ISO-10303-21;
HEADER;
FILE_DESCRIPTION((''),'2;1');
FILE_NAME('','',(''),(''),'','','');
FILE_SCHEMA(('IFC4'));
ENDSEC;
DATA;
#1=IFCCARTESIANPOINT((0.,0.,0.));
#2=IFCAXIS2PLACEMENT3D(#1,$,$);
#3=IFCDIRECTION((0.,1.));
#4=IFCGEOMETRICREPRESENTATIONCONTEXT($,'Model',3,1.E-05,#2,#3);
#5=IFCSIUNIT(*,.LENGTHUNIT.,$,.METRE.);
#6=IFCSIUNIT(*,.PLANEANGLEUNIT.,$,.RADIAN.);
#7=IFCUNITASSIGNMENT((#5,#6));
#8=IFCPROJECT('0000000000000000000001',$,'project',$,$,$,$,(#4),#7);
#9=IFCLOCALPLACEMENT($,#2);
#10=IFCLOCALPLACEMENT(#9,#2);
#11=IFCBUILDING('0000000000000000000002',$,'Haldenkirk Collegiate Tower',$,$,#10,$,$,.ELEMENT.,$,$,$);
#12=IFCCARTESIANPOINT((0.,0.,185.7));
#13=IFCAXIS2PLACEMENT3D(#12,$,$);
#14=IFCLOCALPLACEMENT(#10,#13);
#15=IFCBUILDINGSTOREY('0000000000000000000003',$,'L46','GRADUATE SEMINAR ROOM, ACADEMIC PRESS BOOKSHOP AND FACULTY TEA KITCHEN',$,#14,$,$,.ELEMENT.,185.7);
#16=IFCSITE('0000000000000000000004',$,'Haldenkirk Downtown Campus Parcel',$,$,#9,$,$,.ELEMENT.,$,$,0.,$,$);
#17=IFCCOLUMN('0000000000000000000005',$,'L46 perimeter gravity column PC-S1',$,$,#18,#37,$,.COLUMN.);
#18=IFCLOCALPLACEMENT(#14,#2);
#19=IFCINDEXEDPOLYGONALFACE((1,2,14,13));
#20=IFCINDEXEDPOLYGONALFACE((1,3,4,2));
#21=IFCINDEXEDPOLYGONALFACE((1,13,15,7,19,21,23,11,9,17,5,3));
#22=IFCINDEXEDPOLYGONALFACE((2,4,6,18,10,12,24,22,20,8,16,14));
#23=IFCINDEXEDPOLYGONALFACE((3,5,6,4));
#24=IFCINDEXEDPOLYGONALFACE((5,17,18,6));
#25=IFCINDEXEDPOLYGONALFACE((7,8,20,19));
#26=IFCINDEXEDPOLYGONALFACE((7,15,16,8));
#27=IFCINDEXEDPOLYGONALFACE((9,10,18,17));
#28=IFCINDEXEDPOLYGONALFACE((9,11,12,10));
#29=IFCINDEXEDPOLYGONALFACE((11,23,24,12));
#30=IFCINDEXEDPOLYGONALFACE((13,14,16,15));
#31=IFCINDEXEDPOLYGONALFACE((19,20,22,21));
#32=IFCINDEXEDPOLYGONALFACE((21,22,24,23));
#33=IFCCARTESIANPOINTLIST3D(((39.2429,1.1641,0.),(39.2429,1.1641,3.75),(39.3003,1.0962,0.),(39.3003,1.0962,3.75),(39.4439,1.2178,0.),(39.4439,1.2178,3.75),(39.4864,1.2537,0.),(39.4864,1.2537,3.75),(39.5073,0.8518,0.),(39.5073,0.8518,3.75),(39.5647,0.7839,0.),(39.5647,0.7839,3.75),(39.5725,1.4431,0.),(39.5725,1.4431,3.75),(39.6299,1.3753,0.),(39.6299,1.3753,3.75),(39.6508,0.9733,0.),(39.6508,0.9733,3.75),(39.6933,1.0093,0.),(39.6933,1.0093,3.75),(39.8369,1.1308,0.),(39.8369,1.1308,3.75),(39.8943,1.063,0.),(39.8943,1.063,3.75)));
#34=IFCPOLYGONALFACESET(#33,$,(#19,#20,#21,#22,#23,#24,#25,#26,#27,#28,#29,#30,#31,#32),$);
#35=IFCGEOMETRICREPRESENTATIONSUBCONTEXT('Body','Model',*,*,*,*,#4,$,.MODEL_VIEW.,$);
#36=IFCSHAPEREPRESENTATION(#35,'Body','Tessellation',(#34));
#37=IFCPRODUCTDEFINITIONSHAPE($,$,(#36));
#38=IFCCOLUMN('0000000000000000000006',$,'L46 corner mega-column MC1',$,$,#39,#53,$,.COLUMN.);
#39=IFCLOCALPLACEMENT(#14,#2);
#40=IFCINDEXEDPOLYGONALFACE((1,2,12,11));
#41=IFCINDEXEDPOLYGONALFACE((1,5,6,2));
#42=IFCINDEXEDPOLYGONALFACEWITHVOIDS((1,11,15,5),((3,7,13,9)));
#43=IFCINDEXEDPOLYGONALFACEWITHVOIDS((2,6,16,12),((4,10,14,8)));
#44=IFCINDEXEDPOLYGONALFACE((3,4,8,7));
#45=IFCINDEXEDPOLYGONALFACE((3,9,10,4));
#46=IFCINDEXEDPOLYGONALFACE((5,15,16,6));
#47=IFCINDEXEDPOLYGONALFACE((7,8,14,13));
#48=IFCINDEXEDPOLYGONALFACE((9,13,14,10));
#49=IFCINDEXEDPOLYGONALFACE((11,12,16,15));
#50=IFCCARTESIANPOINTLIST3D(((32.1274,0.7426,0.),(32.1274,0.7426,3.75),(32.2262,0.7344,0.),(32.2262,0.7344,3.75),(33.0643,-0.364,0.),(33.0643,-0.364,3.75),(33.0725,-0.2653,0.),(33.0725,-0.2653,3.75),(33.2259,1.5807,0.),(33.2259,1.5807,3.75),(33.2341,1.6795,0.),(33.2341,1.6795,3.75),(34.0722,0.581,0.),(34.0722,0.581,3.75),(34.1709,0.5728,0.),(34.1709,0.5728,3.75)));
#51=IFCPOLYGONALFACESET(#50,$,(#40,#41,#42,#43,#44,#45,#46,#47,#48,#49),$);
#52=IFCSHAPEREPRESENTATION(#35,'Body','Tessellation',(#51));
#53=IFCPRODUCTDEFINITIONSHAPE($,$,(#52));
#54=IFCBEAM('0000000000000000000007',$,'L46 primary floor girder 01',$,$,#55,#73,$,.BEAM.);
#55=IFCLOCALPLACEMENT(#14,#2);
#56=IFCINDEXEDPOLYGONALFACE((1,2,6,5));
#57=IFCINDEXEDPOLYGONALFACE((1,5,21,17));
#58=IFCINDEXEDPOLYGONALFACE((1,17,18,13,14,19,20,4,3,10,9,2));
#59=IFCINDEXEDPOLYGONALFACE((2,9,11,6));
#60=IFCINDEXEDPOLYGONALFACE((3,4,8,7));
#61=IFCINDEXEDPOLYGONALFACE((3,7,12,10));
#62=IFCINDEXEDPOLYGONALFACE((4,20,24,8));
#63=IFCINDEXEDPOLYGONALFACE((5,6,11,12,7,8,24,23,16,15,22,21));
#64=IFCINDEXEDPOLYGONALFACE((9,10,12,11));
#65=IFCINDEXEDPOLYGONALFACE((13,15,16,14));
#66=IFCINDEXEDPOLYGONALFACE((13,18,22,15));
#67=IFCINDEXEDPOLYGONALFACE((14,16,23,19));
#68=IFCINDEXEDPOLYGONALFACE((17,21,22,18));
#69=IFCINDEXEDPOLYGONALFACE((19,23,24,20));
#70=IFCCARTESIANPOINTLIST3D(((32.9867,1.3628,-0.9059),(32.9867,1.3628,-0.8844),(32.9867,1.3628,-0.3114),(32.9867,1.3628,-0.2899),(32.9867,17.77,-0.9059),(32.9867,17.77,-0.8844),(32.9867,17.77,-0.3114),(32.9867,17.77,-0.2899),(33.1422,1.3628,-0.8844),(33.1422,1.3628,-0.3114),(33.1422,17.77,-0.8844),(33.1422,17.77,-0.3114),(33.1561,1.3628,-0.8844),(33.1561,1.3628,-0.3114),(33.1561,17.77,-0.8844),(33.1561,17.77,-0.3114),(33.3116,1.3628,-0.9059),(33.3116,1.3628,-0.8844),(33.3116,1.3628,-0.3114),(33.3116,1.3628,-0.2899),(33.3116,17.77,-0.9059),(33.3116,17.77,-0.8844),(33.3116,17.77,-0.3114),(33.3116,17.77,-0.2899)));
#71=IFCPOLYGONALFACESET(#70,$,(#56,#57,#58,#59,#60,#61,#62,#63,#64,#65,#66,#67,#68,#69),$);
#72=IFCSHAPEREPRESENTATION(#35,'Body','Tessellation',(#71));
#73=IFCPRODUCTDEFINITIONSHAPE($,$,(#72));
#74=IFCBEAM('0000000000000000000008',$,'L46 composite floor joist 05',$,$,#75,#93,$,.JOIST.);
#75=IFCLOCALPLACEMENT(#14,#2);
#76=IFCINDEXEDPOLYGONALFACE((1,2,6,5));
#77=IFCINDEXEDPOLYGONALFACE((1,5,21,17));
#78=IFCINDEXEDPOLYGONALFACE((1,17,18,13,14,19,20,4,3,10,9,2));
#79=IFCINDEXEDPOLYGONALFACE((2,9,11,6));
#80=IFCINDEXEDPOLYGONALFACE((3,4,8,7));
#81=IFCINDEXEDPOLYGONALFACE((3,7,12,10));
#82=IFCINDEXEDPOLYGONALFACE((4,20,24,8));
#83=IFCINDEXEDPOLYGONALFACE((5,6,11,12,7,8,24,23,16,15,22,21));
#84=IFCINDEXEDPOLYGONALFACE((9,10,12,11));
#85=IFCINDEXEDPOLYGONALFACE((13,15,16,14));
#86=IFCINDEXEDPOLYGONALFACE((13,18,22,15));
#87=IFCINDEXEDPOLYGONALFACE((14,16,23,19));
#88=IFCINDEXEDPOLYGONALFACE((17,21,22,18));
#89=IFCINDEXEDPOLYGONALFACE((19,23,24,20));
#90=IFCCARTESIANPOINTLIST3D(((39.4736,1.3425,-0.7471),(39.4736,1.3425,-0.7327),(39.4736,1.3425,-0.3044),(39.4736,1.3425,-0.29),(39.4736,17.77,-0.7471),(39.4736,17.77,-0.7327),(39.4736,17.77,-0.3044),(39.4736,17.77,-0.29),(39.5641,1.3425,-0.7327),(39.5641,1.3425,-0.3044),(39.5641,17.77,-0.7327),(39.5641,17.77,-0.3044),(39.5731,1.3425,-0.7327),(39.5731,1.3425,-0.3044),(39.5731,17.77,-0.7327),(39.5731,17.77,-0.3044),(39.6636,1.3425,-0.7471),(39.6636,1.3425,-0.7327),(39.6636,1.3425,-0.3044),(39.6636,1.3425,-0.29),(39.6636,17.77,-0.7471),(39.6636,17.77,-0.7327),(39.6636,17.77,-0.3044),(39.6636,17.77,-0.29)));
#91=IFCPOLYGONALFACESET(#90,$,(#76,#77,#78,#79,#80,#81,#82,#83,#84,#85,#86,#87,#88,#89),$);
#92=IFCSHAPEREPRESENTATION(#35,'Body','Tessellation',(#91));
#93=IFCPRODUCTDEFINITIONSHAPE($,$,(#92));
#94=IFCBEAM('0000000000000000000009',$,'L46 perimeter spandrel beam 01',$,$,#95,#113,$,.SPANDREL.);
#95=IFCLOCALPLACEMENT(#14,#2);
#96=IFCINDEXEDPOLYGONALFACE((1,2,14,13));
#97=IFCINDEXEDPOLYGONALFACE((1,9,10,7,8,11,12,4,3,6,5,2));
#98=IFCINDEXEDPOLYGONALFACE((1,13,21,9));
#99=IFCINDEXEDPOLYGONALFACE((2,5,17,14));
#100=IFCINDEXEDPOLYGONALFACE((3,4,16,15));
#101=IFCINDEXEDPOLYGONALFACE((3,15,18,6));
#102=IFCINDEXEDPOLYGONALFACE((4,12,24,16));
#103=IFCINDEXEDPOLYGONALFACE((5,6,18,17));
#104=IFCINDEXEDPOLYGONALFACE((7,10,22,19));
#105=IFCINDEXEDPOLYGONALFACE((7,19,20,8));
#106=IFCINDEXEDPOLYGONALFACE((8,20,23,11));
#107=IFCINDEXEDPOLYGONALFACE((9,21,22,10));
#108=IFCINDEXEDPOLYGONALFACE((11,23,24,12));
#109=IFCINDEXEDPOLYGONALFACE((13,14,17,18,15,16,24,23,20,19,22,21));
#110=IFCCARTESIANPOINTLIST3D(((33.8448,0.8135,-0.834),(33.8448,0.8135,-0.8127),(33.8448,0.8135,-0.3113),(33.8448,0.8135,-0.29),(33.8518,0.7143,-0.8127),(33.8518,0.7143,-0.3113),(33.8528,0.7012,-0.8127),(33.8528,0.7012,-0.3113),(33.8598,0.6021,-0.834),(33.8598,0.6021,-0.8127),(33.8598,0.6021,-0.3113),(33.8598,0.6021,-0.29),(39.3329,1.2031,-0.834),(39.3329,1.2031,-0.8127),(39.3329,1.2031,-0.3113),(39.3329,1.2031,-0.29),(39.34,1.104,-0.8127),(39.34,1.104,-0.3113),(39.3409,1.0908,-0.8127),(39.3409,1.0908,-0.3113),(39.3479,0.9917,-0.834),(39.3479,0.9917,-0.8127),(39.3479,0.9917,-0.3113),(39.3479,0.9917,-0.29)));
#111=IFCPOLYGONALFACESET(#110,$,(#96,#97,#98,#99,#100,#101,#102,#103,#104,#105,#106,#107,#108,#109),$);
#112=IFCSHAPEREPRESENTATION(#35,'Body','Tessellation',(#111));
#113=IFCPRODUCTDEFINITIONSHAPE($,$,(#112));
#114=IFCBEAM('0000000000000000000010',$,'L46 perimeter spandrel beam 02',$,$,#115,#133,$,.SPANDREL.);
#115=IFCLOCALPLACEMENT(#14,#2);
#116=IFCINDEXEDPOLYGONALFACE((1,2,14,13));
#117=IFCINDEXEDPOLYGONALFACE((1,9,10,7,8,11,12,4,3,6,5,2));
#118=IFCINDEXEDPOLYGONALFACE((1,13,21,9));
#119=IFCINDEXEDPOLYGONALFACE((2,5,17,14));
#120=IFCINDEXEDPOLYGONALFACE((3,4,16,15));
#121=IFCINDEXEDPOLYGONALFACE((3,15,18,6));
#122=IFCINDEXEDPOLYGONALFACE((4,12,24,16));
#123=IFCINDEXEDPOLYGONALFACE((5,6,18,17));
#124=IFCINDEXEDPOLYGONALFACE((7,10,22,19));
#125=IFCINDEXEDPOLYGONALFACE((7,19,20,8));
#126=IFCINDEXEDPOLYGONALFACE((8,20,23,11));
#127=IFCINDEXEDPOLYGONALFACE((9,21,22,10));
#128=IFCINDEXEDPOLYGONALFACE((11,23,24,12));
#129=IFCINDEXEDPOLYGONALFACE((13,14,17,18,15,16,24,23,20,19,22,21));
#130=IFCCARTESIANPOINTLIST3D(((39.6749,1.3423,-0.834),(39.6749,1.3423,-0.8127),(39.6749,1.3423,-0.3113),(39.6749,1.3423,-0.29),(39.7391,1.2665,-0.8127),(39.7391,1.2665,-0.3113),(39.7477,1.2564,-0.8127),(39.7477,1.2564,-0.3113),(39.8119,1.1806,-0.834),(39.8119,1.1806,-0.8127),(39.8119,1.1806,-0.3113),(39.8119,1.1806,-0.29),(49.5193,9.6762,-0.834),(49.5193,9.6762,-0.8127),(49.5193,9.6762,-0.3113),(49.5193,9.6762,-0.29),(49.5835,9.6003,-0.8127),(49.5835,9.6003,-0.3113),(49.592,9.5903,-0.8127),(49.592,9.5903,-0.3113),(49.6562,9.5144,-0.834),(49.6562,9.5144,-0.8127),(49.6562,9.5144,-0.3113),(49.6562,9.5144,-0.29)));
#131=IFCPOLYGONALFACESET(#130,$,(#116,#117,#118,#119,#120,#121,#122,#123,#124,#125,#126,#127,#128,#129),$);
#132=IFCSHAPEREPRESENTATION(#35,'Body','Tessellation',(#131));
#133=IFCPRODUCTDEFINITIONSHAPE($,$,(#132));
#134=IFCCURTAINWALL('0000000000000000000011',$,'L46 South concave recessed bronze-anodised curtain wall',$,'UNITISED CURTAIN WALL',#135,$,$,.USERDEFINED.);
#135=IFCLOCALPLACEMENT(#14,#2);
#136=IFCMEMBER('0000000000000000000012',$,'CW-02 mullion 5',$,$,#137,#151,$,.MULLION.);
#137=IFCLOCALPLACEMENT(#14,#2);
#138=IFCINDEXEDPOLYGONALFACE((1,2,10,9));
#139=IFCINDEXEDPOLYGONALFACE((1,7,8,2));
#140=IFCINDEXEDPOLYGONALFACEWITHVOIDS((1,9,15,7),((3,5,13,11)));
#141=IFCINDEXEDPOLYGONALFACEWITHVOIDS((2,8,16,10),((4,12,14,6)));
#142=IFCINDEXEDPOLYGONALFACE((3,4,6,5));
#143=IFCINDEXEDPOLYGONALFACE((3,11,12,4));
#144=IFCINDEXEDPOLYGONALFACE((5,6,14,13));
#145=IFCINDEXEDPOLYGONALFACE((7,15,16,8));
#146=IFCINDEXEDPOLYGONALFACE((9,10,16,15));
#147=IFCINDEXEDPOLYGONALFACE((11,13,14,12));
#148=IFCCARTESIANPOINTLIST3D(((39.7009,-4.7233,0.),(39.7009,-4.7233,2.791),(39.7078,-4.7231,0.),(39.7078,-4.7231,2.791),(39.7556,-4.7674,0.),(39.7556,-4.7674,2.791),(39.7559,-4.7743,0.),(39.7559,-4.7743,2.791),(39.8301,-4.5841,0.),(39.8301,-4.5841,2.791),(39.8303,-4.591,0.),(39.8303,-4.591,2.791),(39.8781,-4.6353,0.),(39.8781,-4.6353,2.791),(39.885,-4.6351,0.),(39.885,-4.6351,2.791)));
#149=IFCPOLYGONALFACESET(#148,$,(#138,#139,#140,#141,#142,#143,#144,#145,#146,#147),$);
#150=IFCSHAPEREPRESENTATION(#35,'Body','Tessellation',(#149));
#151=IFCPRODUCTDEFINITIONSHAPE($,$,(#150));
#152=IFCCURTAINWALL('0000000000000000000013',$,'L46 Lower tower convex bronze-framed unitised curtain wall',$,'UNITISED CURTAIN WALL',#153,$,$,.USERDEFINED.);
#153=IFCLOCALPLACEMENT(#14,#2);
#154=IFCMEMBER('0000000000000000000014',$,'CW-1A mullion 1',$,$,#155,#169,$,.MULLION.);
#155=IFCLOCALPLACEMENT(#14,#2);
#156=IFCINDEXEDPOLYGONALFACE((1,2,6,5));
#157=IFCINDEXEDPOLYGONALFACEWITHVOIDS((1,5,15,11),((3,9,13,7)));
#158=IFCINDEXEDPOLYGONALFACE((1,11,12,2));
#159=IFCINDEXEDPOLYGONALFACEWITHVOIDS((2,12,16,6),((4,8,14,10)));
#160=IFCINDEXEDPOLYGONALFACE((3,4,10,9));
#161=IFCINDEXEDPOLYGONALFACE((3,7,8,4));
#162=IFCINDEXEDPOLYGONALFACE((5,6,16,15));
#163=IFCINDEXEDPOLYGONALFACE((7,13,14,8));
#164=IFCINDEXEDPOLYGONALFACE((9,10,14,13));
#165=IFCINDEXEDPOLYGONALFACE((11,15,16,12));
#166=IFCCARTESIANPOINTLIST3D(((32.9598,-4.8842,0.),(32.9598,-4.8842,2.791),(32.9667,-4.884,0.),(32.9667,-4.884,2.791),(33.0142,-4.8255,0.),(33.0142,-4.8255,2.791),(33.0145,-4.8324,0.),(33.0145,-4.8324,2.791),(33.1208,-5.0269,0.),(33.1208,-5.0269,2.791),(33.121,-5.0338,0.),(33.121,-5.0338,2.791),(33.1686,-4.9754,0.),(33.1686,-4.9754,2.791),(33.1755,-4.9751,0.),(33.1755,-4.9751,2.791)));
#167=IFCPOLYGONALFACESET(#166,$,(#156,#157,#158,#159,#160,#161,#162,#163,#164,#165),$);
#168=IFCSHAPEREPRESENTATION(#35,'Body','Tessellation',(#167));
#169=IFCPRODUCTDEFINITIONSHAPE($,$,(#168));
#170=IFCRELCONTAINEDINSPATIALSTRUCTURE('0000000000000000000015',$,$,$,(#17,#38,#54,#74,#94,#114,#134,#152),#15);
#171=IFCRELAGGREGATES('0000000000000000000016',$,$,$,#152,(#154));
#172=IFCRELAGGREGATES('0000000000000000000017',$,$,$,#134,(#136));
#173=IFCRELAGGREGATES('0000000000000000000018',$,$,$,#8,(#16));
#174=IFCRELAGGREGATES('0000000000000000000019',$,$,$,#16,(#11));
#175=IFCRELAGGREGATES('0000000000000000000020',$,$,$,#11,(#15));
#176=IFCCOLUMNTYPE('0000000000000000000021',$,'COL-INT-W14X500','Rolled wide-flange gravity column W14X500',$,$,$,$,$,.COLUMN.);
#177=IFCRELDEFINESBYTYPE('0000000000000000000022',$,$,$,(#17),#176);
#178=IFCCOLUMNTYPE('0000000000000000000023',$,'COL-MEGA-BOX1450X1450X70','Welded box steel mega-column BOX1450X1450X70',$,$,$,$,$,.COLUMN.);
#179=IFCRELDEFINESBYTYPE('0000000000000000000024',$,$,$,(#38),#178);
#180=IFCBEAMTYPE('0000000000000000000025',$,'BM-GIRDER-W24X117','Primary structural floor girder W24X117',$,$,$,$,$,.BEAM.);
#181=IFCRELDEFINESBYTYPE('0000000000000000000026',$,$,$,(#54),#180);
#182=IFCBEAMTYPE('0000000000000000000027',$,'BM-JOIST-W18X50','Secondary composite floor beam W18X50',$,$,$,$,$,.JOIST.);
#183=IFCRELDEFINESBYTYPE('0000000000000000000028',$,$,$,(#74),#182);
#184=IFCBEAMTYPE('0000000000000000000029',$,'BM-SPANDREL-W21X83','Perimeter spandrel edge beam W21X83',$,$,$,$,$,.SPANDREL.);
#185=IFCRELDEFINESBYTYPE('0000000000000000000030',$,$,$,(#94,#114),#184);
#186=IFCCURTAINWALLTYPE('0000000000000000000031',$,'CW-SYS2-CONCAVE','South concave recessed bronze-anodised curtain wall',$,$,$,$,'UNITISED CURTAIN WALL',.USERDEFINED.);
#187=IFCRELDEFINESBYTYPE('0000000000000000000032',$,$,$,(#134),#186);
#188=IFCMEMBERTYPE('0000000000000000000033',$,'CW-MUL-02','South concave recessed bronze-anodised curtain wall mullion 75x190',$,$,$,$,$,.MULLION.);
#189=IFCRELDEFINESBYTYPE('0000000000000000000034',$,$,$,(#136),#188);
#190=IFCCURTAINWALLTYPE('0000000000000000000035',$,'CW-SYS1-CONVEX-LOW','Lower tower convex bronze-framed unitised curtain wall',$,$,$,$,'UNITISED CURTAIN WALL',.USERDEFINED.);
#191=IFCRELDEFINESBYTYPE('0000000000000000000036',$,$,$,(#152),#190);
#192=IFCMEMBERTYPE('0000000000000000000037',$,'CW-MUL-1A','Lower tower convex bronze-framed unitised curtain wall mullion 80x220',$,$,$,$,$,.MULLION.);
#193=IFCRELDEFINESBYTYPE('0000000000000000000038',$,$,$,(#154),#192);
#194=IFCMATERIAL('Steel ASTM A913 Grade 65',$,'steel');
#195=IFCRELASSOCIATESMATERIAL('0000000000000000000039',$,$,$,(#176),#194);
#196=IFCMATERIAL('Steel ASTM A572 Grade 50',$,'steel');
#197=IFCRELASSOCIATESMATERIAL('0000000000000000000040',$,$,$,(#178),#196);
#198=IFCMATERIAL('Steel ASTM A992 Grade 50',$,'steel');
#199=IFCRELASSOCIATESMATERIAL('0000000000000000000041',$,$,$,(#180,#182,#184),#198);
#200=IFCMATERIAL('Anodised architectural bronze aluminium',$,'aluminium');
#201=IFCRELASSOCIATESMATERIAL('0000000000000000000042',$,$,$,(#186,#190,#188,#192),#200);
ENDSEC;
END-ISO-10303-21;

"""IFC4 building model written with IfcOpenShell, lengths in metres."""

from ifc_helpers import new_model, si_unit, direction, frame, origin, origin_2d, place, context, subcontext, project, spatial, hollow_rectangle, i_section, extrude, material, material_profile, profile_set, type_object, element, aggregate, save


model = new_model("IFC4")

# Units and contexts
model_context = context("Model", 3, precision=1e-05, world=origin(), true_north=direction((0.0, 1.0)))
body_context = subcontext(model_context, "Body", "Model", "MODEL_VIEW")
ifc_project = project(units=[si_unit("LENGTHUNIT", "METRE"), si_unit("PLANEANGLEUNIT", "RADIAN")], contexts=[model_context])

# Site, building, storey
site_placement = place(None, origin())
site = spatial("IfcSite", under=ifc_project, at=site_placement, Name="Haldenkirk Downtown Campus Parcel", CompositionType="ELEMENT", RefElevation=0.0)
building_placement = place(site_placement, origin())
building = spatial("IfcBuilding", under=site, at=building_placement, Name="Haldenkirk Collegiate Tower", CompositionType="ELEMENT")
storey_placement = place(building_placement, frame((0.0, 0.0, 185.7)))
storey = spatial("IfcBuildingStorey", under=building, at=storey_placement, Name="L46", Description="GRADUATE SEMINAR ROOM, ACADEMIC PRESS BOOKSHOP AND FACULTY TEA KITCHEN", CompositionType="ELEMENT", Elevation=185.7)

# Columns
ifc_material_1 = material(Name="Steel ASTM A913 Grade 65", Category="steel")
ifc_material_profile_1 = material_profile(ifc_material_1, i_section(OverallWidth=0.4319, OverallDepth=0.498, WebThickness=0.0557, FlangeThickness=0.0889, at=origin_2d()), Name="W14X500")
ifc_profile_set_1 = profile_set([ifc_material_profile_1], Name="Steel ASTM A913 Grade 65")
column_type_1 = type_object("IfcColumnType", Name="COL-INT-W14X500", Description="Rolled wide-flange gravity column W14X500", PredefinedType="COLUMN", material=ifc_profile_set_1)
column_1_placement = place(storey_placement, frame((39.5686, 1.1135, 0.0), z_axis=(0.0, 0.0, 1.0), x_axis=(0.763232, 0.646124, 0.0)))
element("IfcColumn", 1, at=column_1_placement, inside=storey, type_object=column_type_1, Name="L46 perimeter gravity column PC-S1", PredefinedType="COLUMN", context=body_context, shape_type="SweptSolid", body=[
    extrude(i_section(OverallWidth=0.4319, OverallDepth=0.498, WebThickness=0.0557, FlangeThickness=0.0889, at=origin_2d()), origin(), (0.0, 0.0, 1.0), 3.75),
])
ifc_material_2 = material(Name="Steel ASTM A572 Grade 50", Category="steel")
ifc_material_profile_2 = material_profile(ifc_material_2, hollow_rectangle(XDim=1.45, YDim=1.45, WallThickness=0.0701, at=origin_2d()), Name="BOX1450X1450X70")
ifc_profile_set_2 = profile_set([ifc_material_profile_2], Name="Steel ASTM A572 Grade 50")
column_type_2 = type_object("IfcColumnType", Name="COL-MEGA-BOX1450X1450X70", Description="Welded box steel mega-column BOX1450X1450X70", PredefinedType="COLUMN", material=ifc_profile_set_2)
column_2_placement = place(storey_placement, frame((33.1492, 0.6577, 0.0), z_axis=(0.0, 0.0, 1.0), x_axis=(0.763232, 0.646124, 0.0)))
element("IfcColumn", 2, at=column_2_placement, inside=storey, type_object=column_type_2, Name="L46 corner mega-column MC1", PredefinedType="COLUMN", context=body_context, shape_type="SweptSolid", body=[
    extrude(hollow_rectangle(XDim=1.45, YDim=1.45, WallThickness=0.0701, at=origin_2d()), origin(), (0.0, 0.0, 1.0), 3.75),
])

# Beams
ifc_material_3 = material(Name="Steel ASTM A992 Grade 50", Category="steel")
ifc_material_profile_3 = material_profile(ifc_material_3, i_section(OverallWidth=0.325, OverallDepth=0.616, WebThickness=0.0139, FlangeThickness=0.0215, at=origin_2d()), Name="W24X117")
ifc_profile_set_3 = profile_set([ifc_material_profile_3], Name="Steel ASTM A992 Grade 50")
beam_type_1 = type_object("IfcBeamType", Name="BM-GIRDER-W24X117", Description="Primary structural floor girder W24X117", PredefinedType="BEAM", material=ifc_profile_set_3)
beam_1_placement = place(storey_placement, frame((33.1492, 1.3628, -0.5979), z_axis=(0.0, 1.0, 0.0), x_axis=(-1.0, 0.0, 0.0)))
element("IfcBeam", 3, at=beam_1_placement, inside=storey, type_object=beam_type_1, Name="L46 primary floor girder 01", PredefinedType="BEAM", context=body_context, shape_type="SweptSolid", body=[
    extrude(i_section(OverallWidth=0.325, OverallDepth=0.616, WebThickness=0.0139, FlangeThickness=0.0215, at=origin_2d()), origin(), (0.0, 0.0, 1.0), 16.4072),
])
ifc_material_profile_4 = material_profile(ifc_material_3, i_section(OverallWidth=0.1899, OverallDepth=0.457, WebThickness=0.009, FlangeThickness=0.0144, at=origin_2d()), Name="W18X50")
ifc_profile_set_4 = profile_set([ifc_material_profile_4], Name="Steel ASTM A992 Grade 50")
beam_type_2 = type_object("IfcBeamType", Name="BM-JOIST-W18X50", Description="Secondary composite floor beam W18X50", PredefinedType="JOIST", material=ifc_profile_set_4)
beam_2_placement = place(storey_placement, frame((39.5686, 1.3425, -0.5186), z_axis=(0.0, 1.0, 0.0), x_axis=(-1.0, 0.0, 0.0)))
element("IfcBeam", 4, at=beam_2_placement, inside=storey, type_object=beam_type_2, Name="L46 composite floor joist 05", PredefinedType="JOIST", context=body_context, shape_type="SweptSolid", body=[
    extrude(i_section(OverallWidth=0.1899, OverallDepth=0.457, WebThickness=0.009, FlangeThickness=0.0144, at=origin_2d()), origin(), (0.0, 0.0, 1.0), 16.4275),
])
ifc_material_profile_5 = material_profile(ifc_material_3, i_section(OverallWidth=0.2119, OverallDepth=0.5439, WebThickness=0.0132, FlangeThickness=0.0212, at=origin_2d()), Name="W21X83")
ifc_profile_set_5 = profile_set([ifc_material_profile_5], Name="Steel ASTM A992 Grade 50")
beam_type_3 = type_object("IfcBeamType", Name="BM-SPANDREL-W21X83", Description="Perimeter spandrel edge beam W21X83", PredefinedType="SPANDREL", material=ifc_profile_set_5)
beam_3_placement = place(storey_placement, frame((33.8523, 0.7078, -0.562), z_axis=(0.997489, 0.070821, 0.0), x_axis=(-0.070821, 0.997489, 0.0)))
element("IfcBeam", 5, at=beam_3_placement, inside=storey, type_object=beam_type_3, Name="L46 perimeter spandrel beam 01", PredefinedType="SPANDREL", context=body_context, shape_type="SweptSolid", body=[
    extrude(i_section(OverallWidth=0.2119, OverallDepth=0.5439, WebThickness=0.0132, FlangeThickness=0.0212, at=origin_2d()), origin(), (0.0, 0.0, 1.0), 5.502),
])
beam_4_placement = place(storey_placement, frame((39.7434, 1.2615, -0.562), z_axis=(0.763233, 0.646123, 0.0), x_axis=(-0.646123, 0.763233, 0.0)))
element("IfcBeam", 6, at=beam_4_placement, inside=storey, type_object=beam_type_3, Name="L46 perimeter spandrel beam 02", PredefinedType="SPANDREL", context=body_context, shape_type="SweptSolid", body=[
    extrude(i_section(OverallWidth=0.2119, OverallDepth=0.5439, WebThickness=0.0132, FlangeThickness=0.0212, at=origin_2d()), origin(), (0.0, 0.0, 1.0), 12.8982),
])

# Curtain wall, member
ifc_material_4 = material(Name="Anodised architectural bronze aluminium", Category="aluminium")
curtain_wall_type_1 = type_object("IfcCurtainWallType", Name="CW-SYS2-CONCAVE", Description="South concave recessed bronze-anodised curtain wall", ElementType="UNITISED CURTAIN WALL", PredefinedType="USERDEFINED", material=ifc_material_4)
curtain_wall_1_placement = place(storey_placement, origin())
curtain_wall_1 = element("IfcCurtainWall", 7, at=curtain_wall_1_placement, inside=storey, type_object=curtain_wall_type_1, Name="L46 South concave recessed bronze-anodised curtain wall", ObjectType="UNITISED CURTAIN WALL", PredefinedType="USERDEFINED")
ifc_material_profile_6 = material_profile(ifc_material_4, hollow_rectangle(XDim=0.075, YDim=0.1899, WallThickness=0.0049, at=origin_2d()), Name="CW-MUL-02")
ifc_profile_set_6 = profile_set([ifc_material_profile_6], Name="Anodised architectural bronze aluminium")
member_type_1 = type_object("IfcMemberType", Name="CW-MUL-02", Description="South concave recessed bronze-anodised curtain wall mullion 75x190", PredefinedType="MULLION", material=ifc_profile_set_6)
member_1_placement = place(storey_placement, frame((39.793, -4.6792, 0.0), z_axis=(0.0, 0.0, 1.0), x_axis=(0.733138, -0.68008, 0.0)))
member_1 = element("IfcMember", 8, at=member_1_placement, type_object=member_type_1, Name="CW-02 mullion 5", PredefinedType="MULLION", context=body_context, shape_type="SweptSolid", body=[
    extrude(hollow_rectangle(XDim=0.075, YDim=0.1899, WallThickness=0.0049, at=origin_2d()), origin(), (0.0, 0.0, 1.0), 2.791),
])

# Curtain wall, member
curtain_wall_type_2 = type_object("IfcCurtainWallType", Name="CW-SYS1-CONVEX-LOW", Description="Lower tower convex bronze-framed unitised curtain wall", ElementType="UNITISED CURTAIN WALL", PredefinedType="USERDEFINED", material=ifc_material_4)
curtain_wall_2_placement = place(storey_placement, origin())
curtain_wall_2 = element("IfcCurtainWall", 9, at=curtain_wall_2_placement, inside=storey, type_object=curtain_wall_type_2, Name="L46 Lower tower convex bronze-framed unitised curtain wall", ObjectType="UNITISED CURTAIN WALL", PredefinedType="USERDEFINED")
ifc_material_profile_7 = material_profile(ifc_material_4, hollow_rectangle(XDim=0.0801, YDim=0.22, WallThickness=0.0049, at=origin_2d()), Name="CW-MUL-1A")
ifc_profile_set_7 = profile_set([ifc_material_profile_7], Name="Anodised architectural bronze aluminium")
member_type_2 = type_object("IfcMemberType", Name="CW-MUL-1A", Description="Lower tower convex bronze-framed unitised curtain wall mullion 80x220", PredefinedType="MULLION", material=ifc_profile_set_7)
member_2_placement = place(storey_placement, frame((33.0676, -4.9297, 0.0), z_axis=(0.0, 0.0, 1.0), x_axis=(-0.680081, -0.733137, 0.0)))
member_2 = element("IfcMember", 10, at=member_2_placement, type_object=member_type_2, Name="CW-1A mullion 1", PredefinedType="MULLION", context=body_context, shape_type="SweptSolid", body=[
    extrude(hollow_rectangle(XDim=0.0801, YDim=0.22, WallThickness=0.0049, at=origin_2d()), origin(), (0.0, 0.0, 1.0), 2.791),
])
aggregate(curtain_wall_2, [member_2])

aggregate(curtain_wall_1, [member_1])

save(model, "model.ifc")
